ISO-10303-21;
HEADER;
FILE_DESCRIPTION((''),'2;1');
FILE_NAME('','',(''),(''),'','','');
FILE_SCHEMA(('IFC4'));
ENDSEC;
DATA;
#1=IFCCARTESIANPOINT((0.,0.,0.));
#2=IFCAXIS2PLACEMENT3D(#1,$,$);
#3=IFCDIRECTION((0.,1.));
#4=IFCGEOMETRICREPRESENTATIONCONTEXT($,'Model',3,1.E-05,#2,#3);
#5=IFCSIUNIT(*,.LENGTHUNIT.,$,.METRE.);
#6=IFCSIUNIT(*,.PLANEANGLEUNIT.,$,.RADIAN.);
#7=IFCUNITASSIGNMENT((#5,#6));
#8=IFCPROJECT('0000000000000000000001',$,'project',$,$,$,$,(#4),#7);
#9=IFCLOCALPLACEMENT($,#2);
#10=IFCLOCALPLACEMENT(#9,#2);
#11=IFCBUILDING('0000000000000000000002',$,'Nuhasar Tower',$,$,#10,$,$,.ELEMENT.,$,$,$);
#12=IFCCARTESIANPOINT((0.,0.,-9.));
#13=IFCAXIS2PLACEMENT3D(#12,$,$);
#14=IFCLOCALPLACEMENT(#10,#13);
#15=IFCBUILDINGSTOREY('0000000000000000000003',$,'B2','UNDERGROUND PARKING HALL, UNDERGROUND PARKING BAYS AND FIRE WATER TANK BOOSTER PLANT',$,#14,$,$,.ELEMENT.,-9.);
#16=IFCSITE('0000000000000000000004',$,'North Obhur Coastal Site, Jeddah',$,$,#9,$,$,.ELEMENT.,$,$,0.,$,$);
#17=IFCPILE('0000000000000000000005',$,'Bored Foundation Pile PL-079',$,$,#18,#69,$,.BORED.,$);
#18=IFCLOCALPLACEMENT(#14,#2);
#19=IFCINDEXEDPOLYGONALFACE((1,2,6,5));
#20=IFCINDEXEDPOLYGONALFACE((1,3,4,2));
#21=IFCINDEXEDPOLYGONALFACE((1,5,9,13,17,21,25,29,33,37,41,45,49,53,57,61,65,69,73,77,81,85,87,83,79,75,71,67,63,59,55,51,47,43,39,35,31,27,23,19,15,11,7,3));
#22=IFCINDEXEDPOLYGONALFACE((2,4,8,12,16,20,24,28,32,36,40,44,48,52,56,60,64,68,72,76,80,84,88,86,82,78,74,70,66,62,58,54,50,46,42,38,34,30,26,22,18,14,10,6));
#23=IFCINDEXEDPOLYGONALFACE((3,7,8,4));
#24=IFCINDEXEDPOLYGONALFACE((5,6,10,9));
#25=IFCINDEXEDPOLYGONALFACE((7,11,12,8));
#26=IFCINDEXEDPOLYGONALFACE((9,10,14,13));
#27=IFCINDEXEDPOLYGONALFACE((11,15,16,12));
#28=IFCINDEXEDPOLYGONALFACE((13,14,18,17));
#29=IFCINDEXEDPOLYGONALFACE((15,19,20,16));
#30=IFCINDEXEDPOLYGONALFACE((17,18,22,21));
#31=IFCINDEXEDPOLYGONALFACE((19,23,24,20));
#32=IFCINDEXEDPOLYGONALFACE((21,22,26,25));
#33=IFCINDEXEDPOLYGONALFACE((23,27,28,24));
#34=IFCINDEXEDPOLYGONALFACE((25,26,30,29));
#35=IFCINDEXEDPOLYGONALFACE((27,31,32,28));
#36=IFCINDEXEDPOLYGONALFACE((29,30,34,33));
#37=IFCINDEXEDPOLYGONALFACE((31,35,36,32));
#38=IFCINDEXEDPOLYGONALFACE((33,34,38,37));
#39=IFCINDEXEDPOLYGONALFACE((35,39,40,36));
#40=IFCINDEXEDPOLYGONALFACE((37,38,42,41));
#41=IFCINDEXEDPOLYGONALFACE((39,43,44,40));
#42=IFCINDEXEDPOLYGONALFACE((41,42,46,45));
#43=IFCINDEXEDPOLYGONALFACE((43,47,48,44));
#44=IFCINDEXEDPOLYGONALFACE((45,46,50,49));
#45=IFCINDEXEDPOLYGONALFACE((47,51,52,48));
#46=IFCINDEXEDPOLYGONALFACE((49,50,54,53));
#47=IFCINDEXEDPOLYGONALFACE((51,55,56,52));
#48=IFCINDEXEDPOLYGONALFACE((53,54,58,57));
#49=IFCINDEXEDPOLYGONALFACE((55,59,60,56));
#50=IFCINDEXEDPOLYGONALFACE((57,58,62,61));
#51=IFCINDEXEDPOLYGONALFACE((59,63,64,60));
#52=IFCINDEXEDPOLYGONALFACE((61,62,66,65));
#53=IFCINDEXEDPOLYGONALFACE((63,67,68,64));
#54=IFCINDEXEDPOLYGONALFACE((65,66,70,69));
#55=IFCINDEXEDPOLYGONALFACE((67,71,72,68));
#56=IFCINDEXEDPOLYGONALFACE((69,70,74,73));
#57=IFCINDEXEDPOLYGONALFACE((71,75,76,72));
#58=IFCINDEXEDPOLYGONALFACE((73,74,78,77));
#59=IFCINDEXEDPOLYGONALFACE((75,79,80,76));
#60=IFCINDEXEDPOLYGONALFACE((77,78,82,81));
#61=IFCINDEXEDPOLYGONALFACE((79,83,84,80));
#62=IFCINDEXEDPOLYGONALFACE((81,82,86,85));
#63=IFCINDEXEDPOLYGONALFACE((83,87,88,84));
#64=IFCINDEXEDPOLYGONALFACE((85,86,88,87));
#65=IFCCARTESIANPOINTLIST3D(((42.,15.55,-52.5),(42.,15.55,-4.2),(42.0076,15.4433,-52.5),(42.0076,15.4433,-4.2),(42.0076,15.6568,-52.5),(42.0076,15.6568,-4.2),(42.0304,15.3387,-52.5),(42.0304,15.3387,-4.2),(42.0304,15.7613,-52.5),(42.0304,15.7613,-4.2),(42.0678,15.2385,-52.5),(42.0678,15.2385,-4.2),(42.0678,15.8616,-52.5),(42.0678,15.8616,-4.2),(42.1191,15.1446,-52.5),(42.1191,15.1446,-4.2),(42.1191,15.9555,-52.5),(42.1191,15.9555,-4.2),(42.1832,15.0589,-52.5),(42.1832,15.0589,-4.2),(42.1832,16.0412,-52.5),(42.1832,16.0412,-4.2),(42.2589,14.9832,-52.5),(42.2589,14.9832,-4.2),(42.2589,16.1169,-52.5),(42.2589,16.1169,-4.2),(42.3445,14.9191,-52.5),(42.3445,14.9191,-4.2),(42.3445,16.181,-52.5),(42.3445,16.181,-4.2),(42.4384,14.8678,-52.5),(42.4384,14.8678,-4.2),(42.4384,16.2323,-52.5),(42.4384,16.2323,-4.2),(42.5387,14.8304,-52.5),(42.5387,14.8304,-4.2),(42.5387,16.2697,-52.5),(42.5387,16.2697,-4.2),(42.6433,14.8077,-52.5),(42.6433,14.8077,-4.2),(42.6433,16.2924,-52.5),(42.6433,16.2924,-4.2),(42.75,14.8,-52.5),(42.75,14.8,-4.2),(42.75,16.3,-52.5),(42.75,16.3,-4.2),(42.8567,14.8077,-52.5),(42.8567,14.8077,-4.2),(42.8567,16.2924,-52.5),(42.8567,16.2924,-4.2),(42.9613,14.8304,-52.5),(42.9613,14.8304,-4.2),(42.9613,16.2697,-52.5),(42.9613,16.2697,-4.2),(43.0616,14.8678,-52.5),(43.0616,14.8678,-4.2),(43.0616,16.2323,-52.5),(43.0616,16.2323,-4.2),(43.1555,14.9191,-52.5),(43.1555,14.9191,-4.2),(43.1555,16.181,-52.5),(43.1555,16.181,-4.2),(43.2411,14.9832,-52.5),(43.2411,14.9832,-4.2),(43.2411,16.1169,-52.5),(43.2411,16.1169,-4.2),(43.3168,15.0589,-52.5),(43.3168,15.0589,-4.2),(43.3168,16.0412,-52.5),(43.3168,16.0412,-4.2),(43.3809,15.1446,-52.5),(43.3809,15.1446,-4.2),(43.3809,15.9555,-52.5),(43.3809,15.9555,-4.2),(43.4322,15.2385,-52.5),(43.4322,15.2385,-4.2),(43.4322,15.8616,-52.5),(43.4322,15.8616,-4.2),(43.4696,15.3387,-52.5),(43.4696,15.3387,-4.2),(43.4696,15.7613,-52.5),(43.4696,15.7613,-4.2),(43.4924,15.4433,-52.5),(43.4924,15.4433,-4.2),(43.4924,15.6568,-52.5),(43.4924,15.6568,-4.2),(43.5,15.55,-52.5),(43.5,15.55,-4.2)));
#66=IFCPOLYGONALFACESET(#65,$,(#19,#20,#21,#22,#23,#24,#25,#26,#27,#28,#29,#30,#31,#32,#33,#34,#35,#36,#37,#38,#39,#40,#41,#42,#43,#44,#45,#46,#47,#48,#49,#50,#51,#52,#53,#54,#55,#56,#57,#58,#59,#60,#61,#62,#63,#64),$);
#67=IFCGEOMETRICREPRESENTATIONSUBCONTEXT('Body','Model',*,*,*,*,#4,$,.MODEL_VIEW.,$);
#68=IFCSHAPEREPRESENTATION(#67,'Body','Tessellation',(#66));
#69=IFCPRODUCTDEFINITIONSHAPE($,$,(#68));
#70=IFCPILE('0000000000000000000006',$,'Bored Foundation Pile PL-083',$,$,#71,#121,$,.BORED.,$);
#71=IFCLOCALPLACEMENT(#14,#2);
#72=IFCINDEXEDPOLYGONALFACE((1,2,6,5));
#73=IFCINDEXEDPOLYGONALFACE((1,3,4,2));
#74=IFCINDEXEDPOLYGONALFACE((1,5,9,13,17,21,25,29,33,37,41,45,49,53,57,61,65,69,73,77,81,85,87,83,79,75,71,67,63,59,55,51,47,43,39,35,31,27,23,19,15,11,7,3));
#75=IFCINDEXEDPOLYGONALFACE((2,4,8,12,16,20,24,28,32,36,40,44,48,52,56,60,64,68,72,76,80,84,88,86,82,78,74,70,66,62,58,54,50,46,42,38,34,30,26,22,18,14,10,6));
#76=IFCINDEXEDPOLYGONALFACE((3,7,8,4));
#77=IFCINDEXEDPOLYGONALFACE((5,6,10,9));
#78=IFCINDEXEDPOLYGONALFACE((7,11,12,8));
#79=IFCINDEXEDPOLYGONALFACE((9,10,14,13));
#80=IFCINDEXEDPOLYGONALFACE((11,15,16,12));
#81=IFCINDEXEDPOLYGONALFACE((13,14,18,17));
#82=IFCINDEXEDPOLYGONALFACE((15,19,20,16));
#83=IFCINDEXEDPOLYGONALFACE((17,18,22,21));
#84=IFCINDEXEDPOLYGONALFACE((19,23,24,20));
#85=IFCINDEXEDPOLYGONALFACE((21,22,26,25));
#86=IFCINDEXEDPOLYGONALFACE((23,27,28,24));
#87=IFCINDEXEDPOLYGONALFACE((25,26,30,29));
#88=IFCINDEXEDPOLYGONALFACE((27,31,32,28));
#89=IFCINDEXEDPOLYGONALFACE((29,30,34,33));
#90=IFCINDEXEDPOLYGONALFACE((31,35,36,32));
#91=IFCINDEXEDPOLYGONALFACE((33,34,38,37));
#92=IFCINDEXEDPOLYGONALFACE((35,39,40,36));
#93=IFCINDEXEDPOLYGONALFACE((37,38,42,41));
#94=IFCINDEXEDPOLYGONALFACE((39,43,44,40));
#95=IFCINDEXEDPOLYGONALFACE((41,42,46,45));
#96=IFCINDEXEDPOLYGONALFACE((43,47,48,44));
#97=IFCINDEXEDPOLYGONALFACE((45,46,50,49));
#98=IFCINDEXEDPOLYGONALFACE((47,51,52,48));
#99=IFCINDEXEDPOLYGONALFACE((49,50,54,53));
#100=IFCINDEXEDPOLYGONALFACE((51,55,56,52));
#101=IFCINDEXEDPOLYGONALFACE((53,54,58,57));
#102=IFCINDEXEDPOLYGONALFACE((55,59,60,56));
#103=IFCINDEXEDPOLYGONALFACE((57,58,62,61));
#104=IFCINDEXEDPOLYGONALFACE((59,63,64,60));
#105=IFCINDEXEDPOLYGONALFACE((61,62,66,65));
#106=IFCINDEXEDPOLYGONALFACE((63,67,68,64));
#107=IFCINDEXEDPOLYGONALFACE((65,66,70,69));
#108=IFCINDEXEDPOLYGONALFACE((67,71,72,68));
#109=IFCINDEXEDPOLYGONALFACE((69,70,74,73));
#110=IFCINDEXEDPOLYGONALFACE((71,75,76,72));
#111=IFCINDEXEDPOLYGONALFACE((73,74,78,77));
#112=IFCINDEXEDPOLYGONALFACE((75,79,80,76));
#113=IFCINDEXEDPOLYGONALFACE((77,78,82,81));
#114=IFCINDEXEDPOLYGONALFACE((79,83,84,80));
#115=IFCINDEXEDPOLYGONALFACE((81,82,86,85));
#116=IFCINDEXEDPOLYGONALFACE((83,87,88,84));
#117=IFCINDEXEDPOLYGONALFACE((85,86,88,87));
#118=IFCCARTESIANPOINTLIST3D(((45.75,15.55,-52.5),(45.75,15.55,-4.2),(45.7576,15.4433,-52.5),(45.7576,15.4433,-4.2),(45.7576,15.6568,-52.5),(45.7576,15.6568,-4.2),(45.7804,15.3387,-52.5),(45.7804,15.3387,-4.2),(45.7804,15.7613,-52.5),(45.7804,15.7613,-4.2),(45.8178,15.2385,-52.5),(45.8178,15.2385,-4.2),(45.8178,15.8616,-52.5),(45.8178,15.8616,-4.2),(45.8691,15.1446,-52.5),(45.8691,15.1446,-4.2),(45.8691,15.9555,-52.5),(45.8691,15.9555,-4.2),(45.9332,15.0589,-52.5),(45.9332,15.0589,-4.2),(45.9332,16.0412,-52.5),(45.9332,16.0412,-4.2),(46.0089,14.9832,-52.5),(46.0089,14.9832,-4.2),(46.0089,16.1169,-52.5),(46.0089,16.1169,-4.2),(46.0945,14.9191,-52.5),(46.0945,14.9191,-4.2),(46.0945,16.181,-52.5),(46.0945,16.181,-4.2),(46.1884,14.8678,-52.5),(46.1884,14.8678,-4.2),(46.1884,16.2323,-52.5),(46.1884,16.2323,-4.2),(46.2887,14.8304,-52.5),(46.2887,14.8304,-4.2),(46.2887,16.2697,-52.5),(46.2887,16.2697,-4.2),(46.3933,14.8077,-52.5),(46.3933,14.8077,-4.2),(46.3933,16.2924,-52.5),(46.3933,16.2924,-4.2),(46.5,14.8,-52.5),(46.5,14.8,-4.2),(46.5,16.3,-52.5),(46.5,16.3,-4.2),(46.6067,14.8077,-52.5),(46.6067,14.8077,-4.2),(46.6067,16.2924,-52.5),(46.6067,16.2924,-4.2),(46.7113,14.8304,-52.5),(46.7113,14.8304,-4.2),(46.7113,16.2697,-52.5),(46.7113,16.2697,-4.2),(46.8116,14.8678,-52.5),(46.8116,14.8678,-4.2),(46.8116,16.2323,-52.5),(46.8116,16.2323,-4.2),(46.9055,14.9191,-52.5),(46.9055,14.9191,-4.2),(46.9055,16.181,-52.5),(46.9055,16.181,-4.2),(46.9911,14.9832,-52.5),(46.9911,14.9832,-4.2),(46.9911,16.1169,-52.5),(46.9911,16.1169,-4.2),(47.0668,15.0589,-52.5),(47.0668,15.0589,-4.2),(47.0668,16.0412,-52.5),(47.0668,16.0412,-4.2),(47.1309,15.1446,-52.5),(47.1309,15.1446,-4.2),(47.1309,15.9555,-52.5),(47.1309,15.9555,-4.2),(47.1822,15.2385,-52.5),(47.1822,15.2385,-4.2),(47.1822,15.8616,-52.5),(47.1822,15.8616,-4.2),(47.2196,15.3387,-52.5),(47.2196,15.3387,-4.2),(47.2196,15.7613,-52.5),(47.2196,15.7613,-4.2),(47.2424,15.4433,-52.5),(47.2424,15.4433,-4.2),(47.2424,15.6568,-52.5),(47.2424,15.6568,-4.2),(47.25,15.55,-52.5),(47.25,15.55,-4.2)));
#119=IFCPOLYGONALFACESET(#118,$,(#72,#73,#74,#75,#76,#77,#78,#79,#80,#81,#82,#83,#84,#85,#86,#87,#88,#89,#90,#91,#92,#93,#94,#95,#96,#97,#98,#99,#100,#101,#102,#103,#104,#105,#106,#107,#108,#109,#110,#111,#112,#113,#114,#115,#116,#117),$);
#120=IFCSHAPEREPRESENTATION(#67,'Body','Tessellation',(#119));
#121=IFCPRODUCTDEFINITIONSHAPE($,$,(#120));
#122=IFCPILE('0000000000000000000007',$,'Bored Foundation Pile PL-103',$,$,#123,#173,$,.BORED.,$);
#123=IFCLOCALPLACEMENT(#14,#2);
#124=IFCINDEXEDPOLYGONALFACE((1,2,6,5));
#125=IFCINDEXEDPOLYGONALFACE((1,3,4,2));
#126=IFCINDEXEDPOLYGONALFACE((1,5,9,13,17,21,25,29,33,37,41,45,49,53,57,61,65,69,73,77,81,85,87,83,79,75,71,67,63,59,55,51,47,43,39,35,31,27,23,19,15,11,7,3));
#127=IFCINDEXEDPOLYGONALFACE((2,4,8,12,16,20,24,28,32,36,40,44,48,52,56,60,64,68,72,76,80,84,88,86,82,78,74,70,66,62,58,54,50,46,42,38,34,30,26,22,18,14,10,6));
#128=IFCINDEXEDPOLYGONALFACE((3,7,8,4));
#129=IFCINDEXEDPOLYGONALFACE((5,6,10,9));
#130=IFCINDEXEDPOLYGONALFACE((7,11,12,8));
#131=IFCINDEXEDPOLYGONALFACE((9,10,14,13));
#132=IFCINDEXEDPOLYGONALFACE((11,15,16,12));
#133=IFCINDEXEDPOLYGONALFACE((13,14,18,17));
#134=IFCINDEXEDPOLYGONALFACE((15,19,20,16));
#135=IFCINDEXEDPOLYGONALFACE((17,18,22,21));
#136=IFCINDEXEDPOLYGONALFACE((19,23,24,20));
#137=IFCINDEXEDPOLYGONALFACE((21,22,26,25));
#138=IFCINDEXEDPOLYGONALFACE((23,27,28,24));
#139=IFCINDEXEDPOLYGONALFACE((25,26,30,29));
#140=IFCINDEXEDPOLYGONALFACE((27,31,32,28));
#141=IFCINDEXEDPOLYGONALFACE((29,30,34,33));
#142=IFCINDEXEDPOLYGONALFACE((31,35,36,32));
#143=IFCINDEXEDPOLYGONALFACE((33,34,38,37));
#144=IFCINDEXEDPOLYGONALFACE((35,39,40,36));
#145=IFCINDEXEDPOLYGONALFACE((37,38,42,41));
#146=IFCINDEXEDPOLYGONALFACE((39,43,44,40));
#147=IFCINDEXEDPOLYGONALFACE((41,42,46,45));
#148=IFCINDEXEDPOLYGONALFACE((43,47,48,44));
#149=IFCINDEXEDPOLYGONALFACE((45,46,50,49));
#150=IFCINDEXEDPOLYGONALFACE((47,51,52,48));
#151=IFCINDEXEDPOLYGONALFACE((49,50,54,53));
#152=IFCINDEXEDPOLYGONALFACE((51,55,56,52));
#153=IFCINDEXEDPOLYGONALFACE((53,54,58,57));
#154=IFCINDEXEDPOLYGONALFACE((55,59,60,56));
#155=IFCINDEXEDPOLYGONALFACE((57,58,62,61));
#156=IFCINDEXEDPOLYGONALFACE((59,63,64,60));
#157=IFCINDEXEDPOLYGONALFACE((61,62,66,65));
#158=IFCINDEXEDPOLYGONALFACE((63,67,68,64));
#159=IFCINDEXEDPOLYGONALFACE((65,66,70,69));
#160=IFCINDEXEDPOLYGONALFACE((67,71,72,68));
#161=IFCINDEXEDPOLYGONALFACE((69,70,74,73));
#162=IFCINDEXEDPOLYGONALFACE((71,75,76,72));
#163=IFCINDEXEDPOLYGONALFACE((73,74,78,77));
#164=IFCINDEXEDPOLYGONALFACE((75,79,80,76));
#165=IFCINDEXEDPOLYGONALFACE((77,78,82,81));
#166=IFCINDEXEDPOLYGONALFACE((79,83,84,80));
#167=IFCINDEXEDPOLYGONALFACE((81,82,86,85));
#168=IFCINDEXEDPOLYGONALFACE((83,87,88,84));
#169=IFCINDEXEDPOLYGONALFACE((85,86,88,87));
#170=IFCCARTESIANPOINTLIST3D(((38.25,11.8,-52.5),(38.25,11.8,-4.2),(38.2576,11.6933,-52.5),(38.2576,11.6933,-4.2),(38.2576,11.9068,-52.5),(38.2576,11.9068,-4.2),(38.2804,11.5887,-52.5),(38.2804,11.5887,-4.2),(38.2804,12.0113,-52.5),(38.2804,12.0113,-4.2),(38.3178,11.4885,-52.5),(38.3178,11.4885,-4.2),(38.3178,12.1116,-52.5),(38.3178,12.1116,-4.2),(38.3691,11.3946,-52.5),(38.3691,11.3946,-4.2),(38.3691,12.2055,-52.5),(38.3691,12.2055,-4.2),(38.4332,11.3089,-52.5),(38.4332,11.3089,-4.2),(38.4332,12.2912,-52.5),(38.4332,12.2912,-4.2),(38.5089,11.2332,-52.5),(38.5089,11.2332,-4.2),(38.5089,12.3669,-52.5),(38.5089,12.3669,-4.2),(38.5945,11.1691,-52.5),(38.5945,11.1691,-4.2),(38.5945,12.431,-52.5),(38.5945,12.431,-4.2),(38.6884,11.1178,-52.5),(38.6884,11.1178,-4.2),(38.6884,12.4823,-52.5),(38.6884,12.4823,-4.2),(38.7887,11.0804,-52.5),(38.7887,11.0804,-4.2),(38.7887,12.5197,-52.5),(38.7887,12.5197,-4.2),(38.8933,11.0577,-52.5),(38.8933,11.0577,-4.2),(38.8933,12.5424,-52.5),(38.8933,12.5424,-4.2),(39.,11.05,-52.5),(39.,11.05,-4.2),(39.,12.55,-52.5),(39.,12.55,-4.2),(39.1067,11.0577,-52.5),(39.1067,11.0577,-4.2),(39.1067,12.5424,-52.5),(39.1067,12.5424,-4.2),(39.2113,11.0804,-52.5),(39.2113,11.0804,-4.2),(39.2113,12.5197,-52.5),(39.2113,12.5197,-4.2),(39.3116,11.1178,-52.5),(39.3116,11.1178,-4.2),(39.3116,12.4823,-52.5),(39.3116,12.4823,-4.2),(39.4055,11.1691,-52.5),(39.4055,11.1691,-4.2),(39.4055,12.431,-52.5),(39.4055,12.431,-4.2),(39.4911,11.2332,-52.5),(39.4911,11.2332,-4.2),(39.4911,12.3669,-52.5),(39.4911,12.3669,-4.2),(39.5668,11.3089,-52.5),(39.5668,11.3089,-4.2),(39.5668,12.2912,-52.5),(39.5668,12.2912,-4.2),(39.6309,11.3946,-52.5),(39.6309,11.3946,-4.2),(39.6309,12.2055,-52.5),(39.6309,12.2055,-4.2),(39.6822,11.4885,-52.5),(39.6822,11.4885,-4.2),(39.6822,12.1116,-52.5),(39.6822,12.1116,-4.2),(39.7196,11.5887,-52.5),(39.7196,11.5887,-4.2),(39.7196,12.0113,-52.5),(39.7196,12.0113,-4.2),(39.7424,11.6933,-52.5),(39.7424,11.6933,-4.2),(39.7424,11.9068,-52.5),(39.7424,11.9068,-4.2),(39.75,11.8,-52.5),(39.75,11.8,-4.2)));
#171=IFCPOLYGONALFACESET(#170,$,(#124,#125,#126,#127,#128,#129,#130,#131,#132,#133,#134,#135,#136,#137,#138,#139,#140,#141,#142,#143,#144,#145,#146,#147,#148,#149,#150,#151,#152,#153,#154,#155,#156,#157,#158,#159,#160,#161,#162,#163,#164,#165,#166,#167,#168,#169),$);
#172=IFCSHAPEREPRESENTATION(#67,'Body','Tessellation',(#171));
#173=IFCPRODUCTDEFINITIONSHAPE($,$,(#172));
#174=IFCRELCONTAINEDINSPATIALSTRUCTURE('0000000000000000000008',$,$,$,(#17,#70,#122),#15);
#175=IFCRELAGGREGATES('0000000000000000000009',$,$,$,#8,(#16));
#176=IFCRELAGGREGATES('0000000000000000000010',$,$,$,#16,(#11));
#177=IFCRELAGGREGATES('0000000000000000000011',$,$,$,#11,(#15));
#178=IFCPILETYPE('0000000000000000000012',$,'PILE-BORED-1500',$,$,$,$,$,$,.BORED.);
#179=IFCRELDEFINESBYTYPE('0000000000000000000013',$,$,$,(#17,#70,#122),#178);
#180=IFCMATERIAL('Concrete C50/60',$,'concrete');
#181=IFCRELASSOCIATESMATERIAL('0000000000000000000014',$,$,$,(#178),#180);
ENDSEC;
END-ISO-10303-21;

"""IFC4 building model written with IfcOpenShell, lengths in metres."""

from ifc_helpers import new_model, si_unit, direction, frame, origin, origin_2d, place, context, subcontext, project, spatial, circle, extrude, material, material_profile, profile_set, type_object, element, save


model = new_model("IFC4")

# Units and contexts
model_context = context("Model", 3, precision=1e-05, world=origin(), true_north=direction((0.0, 1.0)))
body_context = subcontext(model_context, "Body", "Model", "MODEL_VIEW")
ifc_project = project(units=[si_unit("LENGTHUNIT", "METRE"), si_unit("PLANEANGLEUNIT", "RADIAN")], contexts=[model_context])

# Site, building, storey
site_placement = place(None, origin())
site = spatial("IfcSite", under=ifc_project, at=site_placement, Name="North Obhur Coastal Site, Jeddah", CompositionType="ELEMENT", RefElevation=0.0)
building_placement = place(site_placement, origin())
building = spatial("IfcBuilding", under=site, at=building_placement, Name="Nuhasar Tower", CompositionType="ELEMENT")
storey_placement = place(building_placement, frame((0.0, 0.0, -9.0)))
storey = spatial("IfcBuildingStorey", under=building, at=storey_placement, Name="B2", Description="UNDERGROUND PARKING HALL, UNDERGROUND PARKING BAYS AND FIRE WATER TANK BOOSTER PLANT", CompositionType="ELEMENT", Elevation=-9.0)

# Piles
ifc_material_1 = material(Name="Concrete C50/60", Category="concrete")
ifc_material_profile_1 = material_profile(ifc_material_1, circle(Radius=0.75, at=origin_2d()), Name="PILE1500")
ifc_profile_set_1 = profile_set([ifc_material_profile_1], Name="Concrete C50/60")
pile_type = type_object("IfcPileType", Name="PILE-BORED-1500", PredefinedType="BORED", material=ifc_profile_set_1)
for number, where, z_axis, x_axis, name in (
    (1, (42.75, 15.55, -4.2), (0.0, 0.0, -1.0), (1.0, 0.0, 0.0), "Bored Foundation Pile PL-079"),
    (2, (46.5, 15.55, -4.2), (0.0, 0.0, -1.0), (1.0, 0.0, 0.0), "Bored Foundation Pile PL-083"),
    (3, (39.0, 11.8, -4.2), (0.0, 0.0, -1.0), (1.0, 0.0, 0.0), "Bored Foundation Pile PL-103"),
):
    element("IfcPile", number, at=place(storey_placement, frame(where, z_axis=z_axis, x_axis=x_axis)), inside=storey, type_object=pile_type, Name=name, PredefinedType="BORED", context=body_context, shape_type="SweptSolid", body=[
        extrude(circle(Radius=0.75, at=origin_2d()), origin(), (0.0, 0.0, 1.0), 48.3),
    ])

save(model, "model.ifc")
